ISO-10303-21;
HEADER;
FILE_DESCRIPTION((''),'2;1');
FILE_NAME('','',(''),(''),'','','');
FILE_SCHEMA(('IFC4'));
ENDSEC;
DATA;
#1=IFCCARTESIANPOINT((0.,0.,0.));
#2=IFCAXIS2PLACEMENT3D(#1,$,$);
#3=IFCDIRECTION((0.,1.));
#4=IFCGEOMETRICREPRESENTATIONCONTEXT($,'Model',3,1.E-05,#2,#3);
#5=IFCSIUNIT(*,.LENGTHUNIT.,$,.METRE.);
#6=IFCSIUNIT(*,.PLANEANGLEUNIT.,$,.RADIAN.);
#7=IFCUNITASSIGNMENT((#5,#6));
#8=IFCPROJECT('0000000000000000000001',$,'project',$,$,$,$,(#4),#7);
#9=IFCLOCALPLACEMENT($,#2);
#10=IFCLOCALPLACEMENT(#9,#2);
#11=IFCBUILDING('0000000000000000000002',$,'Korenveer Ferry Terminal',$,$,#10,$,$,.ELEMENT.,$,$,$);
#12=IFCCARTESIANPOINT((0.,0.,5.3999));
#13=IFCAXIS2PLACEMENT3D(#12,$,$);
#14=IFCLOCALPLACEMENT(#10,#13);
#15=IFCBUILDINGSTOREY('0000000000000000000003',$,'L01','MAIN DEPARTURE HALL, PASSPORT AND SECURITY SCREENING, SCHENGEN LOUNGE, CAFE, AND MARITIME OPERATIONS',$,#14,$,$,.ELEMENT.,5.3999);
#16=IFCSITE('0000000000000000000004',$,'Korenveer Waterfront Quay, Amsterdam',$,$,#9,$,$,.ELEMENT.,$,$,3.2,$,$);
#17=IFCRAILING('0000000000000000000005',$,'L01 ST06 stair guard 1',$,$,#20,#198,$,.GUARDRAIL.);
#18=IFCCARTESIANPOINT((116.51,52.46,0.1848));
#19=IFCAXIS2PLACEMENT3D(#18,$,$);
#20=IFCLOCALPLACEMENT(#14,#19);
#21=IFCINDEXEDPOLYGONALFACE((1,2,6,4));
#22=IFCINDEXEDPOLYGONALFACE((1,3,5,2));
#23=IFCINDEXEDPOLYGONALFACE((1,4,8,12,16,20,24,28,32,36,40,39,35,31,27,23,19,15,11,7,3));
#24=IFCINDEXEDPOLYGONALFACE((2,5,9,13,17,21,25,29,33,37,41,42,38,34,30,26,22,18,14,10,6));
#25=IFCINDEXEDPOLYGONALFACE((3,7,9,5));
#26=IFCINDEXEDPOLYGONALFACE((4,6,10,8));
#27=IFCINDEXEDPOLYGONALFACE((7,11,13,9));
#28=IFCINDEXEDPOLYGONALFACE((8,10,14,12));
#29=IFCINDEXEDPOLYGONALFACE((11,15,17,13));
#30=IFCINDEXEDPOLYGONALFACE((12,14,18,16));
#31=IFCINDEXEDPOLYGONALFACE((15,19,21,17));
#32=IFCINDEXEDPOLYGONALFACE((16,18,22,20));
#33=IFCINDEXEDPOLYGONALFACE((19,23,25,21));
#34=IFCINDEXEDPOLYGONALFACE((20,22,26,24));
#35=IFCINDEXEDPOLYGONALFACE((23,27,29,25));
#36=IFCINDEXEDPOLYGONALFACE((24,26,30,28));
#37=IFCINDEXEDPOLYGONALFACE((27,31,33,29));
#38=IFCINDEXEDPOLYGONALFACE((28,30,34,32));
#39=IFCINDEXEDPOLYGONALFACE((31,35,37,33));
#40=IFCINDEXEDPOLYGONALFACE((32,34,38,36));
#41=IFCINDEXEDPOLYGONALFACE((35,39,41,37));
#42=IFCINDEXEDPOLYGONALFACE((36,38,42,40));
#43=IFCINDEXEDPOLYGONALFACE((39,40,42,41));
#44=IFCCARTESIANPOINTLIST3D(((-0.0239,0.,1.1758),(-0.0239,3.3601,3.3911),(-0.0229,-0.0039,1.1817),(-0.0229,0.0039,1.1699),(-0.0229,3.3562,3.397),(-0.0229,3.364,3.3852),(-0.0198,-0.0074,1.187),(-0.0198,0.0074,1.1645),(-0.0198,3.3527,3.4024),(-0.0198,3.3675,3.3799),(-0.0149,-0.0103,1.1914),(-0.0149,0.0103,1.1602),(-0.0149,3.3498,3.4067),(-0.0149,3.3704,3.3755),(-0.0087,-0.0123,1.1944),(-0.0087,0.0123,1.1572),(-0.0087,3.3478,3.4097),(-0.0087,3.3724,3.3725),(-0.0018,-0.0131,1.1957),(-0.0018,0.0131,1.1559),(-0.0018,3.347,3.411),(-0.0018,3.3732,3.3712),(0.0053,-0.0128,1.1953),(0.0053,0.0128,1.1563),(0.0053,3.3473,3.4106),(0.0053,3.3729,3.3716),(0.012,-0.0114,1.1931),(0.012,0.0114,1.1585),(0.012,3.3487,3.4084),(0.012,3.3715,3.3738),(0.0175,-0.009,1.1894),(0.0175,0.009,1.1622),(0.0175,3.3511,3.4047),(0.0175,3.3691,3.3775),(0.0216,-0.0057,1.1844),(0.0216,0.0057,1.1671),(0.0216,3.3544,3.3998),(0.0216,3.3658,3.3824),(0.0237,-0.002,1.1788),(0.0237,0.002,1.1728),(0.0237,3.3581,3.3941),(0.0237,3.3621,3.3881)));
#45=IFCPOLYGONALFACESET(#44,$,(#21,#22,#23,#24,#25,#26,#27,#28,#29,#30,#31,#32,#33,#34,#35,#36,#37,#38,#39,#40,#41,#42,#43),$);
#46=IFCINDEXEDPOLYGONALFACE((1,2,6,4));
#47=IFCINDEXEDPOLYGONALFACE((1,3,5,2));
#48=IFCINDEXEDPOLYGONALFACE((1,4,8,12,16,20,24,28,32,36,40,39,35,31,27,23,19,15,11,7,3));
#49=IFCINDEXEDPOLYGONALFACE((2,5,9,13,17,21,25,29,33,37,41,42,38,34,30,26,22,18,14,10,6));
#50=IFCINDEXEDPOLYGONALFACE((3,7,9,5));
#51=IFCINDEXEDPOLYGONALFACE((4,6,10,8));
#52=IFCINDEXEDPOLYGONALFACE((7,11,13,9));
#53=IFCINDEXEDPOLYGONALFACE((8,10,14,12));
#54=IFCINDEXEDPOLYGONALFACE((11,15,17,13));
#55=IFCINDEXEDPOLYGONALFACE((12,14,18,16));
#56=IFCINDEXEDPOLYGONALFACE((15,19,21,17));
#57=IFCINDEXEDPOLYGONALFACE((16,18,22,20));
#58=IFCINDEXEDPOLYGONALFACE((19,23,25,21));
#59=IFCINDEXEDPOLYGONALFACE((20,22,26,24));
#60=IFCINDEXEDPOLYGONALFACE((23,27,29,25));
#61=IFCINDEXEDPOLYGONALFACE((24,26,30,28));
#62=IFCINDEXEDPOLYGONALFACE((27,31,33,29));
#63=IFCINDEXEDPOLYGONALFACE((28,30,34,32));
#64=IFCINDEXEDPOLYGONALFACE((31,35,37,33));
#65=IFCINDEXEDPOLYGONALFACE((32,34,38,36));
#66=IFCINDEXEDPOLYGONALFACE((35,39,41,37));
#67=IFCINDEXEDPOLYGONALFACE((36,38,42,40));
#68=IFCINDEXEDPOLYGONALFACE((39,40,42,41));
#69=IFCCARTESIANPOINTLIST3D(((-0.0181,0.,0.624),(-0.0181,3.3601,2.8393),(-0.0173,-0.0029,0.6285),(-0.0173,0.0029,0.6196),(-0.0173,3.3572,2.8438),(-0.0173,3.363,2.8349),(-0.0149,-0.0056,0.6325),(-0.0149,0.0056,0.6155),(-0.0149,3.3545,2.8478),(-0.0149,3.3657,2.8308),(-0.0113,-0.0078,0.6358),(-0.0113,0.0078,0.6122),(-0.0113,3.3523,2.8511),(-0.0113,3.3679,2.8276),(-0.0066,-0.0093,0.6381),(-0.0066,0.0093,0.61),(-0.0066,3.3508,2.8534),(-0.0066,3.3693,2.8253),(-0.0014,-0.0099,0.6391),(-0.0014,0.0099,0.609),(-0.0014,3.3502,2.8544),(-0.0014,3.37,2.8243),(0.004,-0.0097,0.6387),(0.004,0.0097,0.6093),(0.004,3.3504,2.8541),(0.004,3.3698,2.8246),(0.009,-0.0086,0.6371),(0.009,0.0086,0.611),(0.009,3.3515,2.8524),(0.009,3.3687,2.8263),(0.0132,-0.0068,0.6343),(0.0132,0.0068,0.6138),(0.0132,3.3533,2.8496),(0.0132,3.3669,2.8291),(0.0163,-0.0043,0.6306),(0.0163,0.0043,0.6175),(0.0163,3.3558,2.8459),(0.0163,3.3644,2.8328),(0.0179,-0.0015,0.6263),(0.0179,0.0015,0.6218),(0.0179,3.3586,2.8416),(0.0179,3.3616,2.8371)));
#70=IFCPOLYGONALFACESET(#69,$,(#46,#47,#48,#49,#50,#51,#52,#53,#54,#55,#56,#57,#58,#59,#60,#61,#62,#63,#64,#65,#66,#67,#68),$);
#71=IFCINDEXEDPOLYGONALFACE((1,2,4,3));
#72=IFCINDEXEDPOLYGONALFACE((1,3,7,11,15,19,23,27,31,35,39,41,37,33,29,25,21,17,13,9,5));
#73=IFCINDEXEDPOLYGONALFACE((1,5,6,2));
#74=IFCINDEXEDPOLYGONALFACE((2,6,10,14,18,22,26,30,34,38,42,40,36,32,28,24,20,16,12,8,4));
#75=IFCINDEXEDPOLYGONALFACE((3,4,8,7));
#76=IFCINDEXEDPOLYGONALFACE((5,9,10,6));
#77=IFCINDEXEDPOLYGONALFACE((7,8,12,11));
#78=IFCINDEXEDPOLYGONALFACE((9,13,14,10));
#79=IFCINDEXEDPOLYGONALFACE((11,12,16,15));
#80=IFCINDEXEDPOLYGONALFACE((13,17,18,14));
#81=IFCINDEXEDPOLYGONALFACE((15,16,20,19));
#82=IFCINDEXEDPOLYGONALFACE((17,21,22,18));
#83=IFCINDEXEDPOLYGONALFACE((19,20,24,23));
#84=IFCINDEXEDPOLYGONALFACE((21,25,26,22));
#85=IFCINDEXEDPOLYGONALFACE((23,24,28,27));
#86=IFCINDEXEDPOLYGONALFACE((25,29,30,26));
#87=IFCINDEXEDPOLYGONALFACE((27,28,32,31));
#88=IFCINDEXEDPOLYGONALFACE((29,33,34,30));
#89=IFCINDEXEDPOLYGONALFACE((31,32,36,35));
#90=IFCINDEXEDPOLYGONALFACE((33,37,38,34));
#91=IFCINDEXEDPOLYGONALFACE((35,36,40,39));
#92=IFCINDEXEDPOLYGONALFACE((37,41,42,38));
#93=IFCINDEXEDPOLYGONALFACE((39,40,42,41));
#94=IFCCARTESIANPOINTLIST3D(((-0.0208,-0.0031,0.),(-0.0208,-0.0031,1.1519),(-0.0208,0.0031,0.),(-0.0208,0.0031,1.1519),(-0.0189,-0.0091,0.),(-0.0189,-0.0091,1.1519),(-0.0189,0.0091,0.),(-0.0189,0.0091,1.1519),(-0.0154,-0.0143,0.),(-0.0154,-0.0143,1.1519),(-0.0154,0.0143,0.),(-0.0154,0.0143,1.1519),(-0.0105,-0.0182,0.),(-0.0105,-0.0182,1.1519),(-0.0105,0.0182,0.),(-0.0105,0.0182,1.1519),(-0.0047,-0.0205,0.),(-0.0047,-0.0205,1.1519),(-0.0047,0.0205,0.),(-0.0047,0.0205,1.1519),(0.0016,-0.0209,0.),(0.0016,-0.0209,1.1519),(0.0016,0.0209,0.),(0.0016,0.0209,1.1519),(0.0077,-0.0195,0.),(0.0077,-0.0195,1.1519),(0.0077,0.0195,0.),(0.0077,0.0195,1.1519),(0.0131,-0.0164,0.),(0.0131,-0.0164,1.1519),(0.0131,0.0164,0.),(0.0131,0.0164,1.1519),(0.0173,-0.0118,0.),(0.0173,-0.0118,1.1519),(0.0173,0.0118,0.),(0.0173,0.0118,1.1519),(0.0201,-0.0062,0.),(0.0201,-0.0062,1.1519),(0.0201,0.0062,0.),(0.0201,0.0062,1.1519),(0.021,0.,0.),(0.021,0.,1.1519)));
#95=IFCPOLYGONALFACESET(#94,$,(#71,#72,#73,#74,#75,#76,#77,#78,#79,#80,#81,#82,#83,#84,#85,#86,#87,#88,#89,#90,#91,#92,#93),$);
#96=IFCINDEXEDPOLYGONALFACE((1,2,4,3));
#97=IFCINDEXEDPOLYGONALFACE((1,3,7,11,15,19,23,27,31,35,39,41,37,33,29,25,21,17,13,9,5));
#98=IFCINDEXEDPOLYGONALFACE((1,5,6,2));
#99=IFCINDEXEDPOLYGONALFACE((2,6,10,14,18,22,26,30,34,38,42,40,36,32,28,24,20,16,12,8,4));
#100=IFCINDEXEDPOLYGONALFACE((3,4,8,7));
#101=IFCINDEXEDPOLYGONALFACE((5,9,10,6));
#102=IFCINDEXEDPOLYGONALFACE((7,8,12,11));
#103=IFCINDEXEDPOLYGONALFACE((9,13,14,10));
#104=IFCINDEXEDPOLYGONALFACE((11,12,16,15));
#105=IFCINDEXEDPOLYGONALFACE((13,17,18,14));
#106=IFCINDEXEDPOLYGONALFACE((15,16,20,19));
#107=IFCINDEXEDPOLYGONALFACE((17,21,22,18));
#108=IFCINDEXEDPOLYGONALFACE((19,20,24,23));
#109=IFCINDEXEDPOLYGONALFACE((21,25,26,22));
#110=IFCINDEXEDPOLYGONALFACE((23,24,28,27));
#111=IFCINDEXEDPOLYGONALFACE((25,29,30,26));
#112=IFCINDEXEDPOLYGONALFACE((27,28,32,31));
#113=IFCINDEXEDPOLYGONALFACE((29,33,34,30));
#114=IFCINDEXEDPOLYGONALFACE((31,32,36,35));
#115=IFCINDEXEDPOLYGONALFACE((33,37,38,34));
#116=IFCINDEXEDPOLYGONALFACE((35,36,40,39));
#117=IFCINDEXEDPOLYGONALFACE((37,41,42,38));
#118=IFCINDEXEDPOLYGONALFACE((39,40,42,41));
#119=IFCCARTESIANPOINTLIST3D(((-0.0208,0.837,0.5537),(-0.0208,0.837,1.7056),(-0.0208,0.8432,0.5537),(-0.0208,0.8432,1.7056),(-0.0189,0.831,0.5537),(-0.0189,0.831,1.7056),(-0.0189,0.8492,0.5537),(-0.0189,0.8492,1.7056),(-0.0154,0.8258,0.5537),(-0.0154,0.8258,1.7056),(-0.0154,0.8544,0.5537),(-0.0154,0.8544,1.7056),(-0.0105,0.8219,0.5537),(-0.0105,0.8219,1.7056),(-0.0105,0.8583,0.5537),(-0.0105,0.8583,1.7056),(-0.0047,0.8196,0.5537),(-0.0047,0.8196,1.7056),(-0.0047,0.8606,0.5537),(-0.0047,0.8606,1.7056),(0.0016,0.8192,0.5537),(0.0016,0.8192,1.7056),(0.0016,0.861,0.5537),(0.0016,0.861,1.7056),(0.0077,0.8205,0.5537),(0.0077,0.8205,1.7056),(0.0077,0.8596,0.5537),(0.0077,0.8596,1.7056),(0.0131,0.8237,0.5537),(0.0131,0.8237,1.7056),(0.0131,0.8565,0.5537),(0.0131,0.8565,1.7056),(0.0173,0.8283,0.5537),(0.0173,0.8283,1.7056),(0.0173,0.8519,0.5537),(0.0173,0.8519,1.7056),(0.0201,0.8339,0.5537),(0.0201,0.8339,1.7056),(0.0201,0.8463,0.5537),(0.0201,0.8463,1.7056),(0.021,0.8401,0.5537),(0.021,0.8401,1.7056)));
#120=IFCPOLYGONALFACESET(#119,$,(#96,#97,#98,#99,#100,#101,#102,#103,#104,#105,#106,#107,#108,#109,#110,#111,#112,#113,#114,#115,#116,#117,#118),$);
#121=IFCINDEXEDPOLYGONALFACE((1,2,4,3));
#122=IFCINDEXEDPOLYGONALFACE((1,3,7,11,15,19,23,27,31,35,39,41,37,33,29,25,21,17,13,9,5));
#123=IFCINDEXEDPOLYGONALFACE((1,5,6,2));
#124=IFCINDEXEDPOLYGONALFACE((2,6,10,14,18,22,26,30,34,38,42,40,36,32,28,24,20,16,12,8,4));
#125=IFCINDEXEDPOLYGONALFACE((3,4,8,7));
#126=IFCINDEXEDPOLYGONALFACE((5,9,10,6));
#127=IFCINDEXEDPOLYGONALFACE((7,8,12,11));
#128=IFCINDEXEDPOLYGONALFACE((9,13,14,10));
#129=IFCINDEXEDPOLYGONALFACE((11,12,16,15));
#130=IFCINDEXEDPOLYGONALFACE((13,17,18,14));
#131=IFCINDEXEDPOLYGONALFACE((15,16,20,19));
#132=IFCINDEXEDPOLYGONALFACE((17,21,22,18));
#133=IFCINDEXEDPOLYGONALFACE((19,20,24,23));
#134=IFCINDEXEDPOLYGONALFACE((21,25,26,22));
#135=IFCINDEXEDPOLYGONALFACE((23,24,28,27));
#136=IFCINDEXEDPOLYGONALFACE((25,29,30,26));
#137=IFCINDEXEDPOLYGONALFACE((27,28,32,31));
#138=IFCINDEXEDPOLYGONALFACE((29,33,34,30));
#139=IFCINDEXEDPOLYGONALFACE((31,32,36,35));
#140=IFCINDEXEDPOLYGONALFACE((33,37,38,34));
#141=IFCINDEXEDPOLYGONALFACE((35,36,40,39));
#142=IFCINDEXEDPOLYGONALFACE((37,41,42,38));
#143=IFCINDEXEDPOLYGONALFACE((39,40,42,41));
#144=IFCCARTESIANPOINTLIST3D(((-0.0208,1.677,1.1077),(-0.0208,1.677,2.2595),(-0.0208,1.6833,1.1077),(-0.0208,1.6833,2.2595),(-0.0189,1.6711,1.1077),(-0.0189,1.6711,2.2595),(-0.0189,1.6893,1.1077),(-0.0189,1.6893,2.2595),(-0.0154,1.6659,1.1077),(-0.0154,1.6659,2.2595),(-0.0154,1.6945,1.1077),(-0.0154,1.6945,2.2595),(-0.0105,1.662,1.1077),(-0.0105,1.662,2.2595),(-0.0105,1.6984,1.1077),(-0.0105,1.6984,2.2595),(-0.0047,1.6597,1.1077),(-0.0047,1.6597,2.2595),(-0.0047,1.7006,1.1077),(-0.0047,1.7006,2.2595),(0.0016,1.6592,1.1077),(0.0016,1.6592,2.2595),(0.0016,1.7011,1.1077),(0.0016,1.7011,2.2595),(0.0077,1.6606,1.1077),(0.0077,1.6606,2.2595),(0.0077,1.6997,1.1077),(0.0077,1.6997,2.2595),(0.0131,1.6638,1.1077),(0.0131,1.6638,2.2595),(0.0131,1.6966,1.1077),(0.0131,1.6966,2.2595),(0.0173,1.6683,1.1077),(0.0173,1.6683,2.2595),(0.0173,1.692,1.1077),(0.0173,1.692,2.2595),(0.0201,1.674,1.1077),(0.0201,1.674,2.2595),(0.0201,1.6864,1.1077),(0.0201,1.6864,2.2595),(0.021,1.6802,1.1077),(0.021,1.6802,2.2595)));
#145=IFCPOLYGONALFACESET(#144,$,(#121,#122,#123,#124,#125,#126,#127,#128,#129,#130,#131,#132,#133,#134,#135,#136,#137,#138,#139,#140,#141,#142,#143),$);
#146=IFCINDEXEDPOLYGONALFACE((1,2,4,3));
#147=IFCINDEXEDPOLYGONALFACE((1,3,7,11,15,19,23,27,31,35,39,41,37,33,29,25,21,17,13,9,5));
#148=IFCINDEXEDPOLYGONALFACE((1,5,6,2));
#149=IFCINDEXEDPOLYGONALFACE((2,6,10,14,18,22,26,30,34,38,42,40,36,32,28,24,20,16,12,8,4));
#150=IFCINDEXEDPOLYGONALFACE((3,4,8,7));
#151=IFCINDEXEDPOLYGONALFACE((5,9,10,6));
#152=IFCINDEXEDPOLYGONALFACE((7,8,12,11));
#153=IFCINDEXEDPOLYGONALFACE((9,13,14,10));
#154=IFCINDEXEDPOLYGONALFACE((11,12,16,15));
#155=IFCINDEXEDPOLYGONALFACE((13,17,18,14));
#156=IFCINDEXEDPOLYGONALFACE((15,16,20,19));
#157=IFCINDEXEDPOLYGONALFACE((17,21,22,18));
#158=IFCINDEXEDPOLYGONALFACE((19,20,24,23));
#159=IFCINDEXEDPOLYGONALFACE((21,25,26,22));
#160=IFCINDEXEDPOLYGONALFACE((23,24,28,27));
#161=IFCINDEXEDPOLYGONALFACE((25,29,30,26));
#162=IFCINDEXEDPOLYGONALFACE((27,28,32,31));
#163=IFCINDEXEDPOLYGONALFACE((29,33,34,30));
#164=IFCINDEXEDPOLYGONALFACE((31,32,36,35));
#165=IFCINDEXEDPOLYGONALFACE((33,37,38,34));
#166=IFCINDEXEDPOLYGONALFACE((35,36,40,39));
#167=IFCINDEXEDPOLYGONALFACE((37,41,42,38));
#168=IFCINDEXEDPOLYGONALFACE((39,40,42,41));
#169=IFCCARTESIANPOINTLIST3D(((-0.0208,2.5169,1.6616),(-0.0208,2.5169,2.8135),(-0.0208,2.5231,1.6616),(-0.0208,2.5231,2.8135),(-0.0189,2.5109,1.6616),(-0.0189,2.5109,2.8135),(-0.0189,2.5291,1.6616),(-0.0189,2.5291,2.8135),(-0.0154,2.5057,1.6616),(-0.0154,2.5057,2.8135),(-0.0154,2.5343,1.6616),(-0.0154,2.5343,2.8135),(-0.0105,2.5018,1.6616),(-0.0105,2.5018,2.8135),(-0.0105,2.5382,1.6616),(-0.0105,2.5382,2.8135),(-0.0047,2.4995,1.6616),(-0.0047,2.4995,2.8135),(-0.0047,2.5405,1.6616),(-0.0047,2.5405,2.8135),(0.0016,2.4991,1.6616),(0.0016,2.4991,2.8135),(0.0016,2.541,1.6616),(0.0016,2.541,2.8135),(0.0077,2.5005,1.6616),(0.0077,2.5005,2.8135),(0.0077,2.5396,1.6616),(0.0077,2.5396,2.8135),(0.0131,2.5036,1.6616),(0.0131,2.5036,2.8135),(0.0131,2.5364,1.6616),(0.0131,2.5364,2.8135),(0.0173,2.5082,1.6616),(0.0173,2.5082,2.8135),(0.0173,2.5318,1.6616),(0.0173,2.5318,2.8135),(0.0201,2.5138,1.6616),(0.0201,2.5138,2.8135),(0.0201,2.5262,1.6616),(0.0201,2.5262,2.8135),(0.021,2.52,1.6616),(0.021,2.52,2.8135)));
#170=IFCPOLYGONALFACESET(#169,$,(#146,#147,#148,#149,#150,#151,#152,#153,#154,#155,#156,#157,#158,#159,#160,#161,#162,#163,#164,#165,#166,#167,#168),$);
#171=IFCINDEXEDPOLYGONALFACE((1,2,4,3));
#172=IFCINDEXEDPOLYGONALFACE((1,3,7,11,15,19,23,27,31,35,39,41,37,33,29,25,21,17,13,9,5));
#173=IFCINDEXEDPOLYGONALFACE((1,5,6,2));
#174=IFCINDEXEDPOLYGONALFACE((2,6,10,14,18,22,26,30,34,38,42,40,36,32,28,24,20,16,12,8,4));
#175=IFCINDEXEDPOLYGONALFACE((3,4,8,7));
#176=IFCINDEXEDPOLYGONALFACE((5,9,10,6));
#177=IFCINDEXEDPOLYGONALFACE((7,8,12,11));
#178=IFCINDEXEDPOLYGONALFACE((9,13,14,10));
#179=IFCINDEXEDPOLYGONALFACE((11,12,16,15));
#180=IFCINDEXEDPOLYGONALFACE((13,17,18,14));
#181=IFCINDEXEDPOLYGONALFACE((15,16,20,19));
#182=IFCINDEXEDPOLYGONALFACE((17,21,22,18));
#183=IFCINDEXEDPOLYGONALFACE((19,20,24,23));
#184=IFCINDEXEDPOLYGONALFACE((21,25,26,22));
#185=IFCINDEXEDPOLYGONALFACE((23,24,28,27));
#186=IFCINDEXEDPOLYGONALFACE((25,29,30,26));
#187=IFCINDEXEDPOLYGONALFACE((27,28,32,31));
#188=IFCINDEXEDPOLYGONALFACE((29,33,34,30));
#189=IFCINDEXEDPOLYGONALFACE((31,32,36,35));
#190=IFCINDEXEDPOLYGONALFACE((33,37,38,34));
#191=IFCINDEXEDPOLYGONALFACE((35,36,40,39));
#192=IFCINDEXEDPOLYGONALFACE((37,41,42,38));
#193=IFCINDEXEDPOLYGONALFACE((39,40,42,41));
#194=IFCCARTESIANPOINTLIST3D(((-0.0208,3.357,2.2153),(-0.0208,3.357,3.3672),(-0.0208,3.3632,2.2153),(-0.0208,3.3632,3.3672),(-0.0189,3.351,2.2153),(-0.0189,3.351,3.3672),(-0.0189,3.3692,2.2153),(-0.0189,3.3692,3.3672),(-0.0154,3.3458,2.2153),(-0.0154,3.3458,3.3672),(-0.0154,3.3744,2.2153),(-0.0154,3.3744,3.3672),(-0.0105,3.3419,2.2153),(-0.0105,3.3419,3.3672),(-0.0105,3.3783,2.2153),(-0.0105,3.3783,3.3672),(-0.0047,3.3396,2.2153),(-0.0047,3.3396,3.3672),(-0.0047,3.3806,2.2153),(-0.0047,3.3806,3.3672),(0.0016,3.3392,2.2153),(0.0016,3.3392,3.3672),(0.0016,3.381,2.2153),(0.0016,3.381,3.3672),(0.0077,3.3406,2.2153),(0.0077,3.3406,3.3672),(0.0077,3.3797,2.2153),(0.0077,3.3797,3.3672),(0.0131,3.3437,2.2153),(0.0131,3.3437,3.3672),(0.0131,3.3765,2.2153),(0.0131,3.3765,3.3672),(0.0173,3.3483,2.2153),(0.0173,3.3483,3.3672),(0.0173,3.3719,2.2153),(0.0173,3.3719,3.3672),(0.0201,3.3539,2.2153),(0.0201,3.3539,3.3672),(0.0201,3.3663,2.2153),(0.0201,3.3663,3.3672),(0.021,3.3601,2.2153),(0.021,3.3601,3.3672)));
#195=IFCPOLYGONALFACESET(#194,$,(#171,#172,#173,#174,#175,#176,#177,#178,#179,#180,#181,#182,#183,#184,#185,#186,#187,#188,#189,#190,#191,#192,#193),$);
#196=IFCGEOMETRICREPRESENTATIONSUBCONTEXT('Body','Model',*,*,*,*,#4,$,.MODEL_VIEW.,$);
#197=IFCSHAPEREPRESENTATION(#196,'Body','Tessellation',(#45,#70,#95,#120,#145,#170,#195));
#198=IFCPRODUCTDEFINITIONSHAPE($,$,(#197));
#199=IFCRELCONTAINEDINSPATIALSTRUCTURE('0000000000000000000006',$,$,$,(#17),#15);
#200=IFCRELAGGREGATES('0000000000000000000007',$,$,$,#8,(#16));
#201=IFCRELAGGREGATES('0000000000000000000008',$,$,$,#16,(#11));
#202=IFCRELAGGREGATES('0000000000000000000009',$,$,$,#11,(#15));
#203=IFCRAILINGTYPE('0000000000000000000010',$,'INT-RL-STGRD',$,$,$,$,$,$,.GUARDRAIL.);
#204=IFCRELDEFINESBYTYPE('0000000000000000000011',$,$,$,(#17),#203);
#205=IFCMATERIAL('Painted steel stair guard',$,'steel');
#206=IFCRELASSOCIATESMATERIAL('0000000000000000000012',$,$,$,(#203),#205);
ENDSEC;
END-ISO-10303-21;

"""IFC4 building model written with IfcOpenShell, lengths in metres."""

from ifc_helpers import new_model, si_unit, direction, frame, origin, origin_2d, place, context, subcontext, project, spatial, circle, extrude, material, type_object, element, save


model = new_model("IFC4")

# Units and contexts
model_context = context("Model", 3, precision=1e-05, world=origin(), true_north=direction((0.0, 1.0)))
body_context = subcontext(model_context, "Body", "Model", "MODEL_VIEW")
ifc_project = project(units=[si_unit("LENGTHUNIT", "METRE"), si_unit("PLANEANGLEUNIT", "RADIAN")], contexts=[model_context])

# Site, building, storey
site_placement = place(None, origin())
site = spatial("IfcSite", under=ifc_project, at=site_placement, Name="Korenveer Waterfront Quay, Amsterdam", CompositionType="ELEMENT", RefElevation=3.2)
building_placement = place(site_placement, origin())
building = spatial("IfcBuilding", under=site, at=building_placement, Name="Korenveer Ferry Terminal", CompositionType="ELEMENT")
storey_placement = place(building_placement, frame((0.0, 0.0, 5.3999)))
storey = spatial("IfcBuildingStorey", under=building, at=storey_placement, Name="L01", Description="MAIN DEPARTURE HALL, PASSPORT AND SECURITY SCREENING, SCHENGEN LOUNGE, CAFE, AND MARITIME OPERATIONS", CompositionType="ELEMENT", Elevation=5.3999)

# Railing
ifc_material_1 = material(Name="Painted steel stair guard", Category="steel")
railing_type_1 = type_object("IfcRailingType", Name="INT-RL-STGRD", PredefinedType="GUARDRAIL", material=ifc_material_1)
railing_1_placement = place(storey_placement, frame((116.51, 52.46, 0.1848)))
element("IfcRailing", 1, at=railing_1_placement, inside=storey, type_object=railing_type_1, Name="L01 ST06 stair guard 1", PredefinedType="GUARDRAIL", context=body_context, shape_type="SweptSolid", body=[
    extrude(circle(Radius=0.0239, at=origin_2d()), frame((0.0, 0.0, 1.1758), z_axis=(0.0, 0.834876, 0.550437), x_axis=(-1.0, 0.0, 0.0)), (0.0, 0.0, 1.0), 4.0247),
    extrude(circle(Radius=0.0181, at=origin_2d()), frame((0.0, 0.0, 0.624), z_axis=(0.0, 0.834876, 0.550437), x_axis=(-1.0, 0.0, 0.0)), (0.0, 0.0, 1.0), 4.0247),
    extrude(circle(Radius=0.021, at=origin_2d()), origin(), (0.0, 0.0, 1.0), 1.1519),
    extrude(circle(Radius=0.021, at=origin_2d()), frame((0.0, 0.8401, 0.5537)), (0.0, 0.0, 1.0), 1.1519),
    extrude(circle(Radius=0.021, at=origin_2d()), frame((0.0, 1.6802, 1.1077)), (0.0, 0.0, 1.0), 1.1519),
    extrude(circle(Radius=0.021, at=origin_2d()), frame((0.0, 2.52, 1.6616)), (0.0, 0.0, 1.0), 1.1519),
    extrude(circle(Radius=0.021, at=origin_2d()), frame((0.0, 3.3601, 2.2153)), (0.0, 0.0, 1.0), 1.1519),
])

save(model, "model.ifc")
